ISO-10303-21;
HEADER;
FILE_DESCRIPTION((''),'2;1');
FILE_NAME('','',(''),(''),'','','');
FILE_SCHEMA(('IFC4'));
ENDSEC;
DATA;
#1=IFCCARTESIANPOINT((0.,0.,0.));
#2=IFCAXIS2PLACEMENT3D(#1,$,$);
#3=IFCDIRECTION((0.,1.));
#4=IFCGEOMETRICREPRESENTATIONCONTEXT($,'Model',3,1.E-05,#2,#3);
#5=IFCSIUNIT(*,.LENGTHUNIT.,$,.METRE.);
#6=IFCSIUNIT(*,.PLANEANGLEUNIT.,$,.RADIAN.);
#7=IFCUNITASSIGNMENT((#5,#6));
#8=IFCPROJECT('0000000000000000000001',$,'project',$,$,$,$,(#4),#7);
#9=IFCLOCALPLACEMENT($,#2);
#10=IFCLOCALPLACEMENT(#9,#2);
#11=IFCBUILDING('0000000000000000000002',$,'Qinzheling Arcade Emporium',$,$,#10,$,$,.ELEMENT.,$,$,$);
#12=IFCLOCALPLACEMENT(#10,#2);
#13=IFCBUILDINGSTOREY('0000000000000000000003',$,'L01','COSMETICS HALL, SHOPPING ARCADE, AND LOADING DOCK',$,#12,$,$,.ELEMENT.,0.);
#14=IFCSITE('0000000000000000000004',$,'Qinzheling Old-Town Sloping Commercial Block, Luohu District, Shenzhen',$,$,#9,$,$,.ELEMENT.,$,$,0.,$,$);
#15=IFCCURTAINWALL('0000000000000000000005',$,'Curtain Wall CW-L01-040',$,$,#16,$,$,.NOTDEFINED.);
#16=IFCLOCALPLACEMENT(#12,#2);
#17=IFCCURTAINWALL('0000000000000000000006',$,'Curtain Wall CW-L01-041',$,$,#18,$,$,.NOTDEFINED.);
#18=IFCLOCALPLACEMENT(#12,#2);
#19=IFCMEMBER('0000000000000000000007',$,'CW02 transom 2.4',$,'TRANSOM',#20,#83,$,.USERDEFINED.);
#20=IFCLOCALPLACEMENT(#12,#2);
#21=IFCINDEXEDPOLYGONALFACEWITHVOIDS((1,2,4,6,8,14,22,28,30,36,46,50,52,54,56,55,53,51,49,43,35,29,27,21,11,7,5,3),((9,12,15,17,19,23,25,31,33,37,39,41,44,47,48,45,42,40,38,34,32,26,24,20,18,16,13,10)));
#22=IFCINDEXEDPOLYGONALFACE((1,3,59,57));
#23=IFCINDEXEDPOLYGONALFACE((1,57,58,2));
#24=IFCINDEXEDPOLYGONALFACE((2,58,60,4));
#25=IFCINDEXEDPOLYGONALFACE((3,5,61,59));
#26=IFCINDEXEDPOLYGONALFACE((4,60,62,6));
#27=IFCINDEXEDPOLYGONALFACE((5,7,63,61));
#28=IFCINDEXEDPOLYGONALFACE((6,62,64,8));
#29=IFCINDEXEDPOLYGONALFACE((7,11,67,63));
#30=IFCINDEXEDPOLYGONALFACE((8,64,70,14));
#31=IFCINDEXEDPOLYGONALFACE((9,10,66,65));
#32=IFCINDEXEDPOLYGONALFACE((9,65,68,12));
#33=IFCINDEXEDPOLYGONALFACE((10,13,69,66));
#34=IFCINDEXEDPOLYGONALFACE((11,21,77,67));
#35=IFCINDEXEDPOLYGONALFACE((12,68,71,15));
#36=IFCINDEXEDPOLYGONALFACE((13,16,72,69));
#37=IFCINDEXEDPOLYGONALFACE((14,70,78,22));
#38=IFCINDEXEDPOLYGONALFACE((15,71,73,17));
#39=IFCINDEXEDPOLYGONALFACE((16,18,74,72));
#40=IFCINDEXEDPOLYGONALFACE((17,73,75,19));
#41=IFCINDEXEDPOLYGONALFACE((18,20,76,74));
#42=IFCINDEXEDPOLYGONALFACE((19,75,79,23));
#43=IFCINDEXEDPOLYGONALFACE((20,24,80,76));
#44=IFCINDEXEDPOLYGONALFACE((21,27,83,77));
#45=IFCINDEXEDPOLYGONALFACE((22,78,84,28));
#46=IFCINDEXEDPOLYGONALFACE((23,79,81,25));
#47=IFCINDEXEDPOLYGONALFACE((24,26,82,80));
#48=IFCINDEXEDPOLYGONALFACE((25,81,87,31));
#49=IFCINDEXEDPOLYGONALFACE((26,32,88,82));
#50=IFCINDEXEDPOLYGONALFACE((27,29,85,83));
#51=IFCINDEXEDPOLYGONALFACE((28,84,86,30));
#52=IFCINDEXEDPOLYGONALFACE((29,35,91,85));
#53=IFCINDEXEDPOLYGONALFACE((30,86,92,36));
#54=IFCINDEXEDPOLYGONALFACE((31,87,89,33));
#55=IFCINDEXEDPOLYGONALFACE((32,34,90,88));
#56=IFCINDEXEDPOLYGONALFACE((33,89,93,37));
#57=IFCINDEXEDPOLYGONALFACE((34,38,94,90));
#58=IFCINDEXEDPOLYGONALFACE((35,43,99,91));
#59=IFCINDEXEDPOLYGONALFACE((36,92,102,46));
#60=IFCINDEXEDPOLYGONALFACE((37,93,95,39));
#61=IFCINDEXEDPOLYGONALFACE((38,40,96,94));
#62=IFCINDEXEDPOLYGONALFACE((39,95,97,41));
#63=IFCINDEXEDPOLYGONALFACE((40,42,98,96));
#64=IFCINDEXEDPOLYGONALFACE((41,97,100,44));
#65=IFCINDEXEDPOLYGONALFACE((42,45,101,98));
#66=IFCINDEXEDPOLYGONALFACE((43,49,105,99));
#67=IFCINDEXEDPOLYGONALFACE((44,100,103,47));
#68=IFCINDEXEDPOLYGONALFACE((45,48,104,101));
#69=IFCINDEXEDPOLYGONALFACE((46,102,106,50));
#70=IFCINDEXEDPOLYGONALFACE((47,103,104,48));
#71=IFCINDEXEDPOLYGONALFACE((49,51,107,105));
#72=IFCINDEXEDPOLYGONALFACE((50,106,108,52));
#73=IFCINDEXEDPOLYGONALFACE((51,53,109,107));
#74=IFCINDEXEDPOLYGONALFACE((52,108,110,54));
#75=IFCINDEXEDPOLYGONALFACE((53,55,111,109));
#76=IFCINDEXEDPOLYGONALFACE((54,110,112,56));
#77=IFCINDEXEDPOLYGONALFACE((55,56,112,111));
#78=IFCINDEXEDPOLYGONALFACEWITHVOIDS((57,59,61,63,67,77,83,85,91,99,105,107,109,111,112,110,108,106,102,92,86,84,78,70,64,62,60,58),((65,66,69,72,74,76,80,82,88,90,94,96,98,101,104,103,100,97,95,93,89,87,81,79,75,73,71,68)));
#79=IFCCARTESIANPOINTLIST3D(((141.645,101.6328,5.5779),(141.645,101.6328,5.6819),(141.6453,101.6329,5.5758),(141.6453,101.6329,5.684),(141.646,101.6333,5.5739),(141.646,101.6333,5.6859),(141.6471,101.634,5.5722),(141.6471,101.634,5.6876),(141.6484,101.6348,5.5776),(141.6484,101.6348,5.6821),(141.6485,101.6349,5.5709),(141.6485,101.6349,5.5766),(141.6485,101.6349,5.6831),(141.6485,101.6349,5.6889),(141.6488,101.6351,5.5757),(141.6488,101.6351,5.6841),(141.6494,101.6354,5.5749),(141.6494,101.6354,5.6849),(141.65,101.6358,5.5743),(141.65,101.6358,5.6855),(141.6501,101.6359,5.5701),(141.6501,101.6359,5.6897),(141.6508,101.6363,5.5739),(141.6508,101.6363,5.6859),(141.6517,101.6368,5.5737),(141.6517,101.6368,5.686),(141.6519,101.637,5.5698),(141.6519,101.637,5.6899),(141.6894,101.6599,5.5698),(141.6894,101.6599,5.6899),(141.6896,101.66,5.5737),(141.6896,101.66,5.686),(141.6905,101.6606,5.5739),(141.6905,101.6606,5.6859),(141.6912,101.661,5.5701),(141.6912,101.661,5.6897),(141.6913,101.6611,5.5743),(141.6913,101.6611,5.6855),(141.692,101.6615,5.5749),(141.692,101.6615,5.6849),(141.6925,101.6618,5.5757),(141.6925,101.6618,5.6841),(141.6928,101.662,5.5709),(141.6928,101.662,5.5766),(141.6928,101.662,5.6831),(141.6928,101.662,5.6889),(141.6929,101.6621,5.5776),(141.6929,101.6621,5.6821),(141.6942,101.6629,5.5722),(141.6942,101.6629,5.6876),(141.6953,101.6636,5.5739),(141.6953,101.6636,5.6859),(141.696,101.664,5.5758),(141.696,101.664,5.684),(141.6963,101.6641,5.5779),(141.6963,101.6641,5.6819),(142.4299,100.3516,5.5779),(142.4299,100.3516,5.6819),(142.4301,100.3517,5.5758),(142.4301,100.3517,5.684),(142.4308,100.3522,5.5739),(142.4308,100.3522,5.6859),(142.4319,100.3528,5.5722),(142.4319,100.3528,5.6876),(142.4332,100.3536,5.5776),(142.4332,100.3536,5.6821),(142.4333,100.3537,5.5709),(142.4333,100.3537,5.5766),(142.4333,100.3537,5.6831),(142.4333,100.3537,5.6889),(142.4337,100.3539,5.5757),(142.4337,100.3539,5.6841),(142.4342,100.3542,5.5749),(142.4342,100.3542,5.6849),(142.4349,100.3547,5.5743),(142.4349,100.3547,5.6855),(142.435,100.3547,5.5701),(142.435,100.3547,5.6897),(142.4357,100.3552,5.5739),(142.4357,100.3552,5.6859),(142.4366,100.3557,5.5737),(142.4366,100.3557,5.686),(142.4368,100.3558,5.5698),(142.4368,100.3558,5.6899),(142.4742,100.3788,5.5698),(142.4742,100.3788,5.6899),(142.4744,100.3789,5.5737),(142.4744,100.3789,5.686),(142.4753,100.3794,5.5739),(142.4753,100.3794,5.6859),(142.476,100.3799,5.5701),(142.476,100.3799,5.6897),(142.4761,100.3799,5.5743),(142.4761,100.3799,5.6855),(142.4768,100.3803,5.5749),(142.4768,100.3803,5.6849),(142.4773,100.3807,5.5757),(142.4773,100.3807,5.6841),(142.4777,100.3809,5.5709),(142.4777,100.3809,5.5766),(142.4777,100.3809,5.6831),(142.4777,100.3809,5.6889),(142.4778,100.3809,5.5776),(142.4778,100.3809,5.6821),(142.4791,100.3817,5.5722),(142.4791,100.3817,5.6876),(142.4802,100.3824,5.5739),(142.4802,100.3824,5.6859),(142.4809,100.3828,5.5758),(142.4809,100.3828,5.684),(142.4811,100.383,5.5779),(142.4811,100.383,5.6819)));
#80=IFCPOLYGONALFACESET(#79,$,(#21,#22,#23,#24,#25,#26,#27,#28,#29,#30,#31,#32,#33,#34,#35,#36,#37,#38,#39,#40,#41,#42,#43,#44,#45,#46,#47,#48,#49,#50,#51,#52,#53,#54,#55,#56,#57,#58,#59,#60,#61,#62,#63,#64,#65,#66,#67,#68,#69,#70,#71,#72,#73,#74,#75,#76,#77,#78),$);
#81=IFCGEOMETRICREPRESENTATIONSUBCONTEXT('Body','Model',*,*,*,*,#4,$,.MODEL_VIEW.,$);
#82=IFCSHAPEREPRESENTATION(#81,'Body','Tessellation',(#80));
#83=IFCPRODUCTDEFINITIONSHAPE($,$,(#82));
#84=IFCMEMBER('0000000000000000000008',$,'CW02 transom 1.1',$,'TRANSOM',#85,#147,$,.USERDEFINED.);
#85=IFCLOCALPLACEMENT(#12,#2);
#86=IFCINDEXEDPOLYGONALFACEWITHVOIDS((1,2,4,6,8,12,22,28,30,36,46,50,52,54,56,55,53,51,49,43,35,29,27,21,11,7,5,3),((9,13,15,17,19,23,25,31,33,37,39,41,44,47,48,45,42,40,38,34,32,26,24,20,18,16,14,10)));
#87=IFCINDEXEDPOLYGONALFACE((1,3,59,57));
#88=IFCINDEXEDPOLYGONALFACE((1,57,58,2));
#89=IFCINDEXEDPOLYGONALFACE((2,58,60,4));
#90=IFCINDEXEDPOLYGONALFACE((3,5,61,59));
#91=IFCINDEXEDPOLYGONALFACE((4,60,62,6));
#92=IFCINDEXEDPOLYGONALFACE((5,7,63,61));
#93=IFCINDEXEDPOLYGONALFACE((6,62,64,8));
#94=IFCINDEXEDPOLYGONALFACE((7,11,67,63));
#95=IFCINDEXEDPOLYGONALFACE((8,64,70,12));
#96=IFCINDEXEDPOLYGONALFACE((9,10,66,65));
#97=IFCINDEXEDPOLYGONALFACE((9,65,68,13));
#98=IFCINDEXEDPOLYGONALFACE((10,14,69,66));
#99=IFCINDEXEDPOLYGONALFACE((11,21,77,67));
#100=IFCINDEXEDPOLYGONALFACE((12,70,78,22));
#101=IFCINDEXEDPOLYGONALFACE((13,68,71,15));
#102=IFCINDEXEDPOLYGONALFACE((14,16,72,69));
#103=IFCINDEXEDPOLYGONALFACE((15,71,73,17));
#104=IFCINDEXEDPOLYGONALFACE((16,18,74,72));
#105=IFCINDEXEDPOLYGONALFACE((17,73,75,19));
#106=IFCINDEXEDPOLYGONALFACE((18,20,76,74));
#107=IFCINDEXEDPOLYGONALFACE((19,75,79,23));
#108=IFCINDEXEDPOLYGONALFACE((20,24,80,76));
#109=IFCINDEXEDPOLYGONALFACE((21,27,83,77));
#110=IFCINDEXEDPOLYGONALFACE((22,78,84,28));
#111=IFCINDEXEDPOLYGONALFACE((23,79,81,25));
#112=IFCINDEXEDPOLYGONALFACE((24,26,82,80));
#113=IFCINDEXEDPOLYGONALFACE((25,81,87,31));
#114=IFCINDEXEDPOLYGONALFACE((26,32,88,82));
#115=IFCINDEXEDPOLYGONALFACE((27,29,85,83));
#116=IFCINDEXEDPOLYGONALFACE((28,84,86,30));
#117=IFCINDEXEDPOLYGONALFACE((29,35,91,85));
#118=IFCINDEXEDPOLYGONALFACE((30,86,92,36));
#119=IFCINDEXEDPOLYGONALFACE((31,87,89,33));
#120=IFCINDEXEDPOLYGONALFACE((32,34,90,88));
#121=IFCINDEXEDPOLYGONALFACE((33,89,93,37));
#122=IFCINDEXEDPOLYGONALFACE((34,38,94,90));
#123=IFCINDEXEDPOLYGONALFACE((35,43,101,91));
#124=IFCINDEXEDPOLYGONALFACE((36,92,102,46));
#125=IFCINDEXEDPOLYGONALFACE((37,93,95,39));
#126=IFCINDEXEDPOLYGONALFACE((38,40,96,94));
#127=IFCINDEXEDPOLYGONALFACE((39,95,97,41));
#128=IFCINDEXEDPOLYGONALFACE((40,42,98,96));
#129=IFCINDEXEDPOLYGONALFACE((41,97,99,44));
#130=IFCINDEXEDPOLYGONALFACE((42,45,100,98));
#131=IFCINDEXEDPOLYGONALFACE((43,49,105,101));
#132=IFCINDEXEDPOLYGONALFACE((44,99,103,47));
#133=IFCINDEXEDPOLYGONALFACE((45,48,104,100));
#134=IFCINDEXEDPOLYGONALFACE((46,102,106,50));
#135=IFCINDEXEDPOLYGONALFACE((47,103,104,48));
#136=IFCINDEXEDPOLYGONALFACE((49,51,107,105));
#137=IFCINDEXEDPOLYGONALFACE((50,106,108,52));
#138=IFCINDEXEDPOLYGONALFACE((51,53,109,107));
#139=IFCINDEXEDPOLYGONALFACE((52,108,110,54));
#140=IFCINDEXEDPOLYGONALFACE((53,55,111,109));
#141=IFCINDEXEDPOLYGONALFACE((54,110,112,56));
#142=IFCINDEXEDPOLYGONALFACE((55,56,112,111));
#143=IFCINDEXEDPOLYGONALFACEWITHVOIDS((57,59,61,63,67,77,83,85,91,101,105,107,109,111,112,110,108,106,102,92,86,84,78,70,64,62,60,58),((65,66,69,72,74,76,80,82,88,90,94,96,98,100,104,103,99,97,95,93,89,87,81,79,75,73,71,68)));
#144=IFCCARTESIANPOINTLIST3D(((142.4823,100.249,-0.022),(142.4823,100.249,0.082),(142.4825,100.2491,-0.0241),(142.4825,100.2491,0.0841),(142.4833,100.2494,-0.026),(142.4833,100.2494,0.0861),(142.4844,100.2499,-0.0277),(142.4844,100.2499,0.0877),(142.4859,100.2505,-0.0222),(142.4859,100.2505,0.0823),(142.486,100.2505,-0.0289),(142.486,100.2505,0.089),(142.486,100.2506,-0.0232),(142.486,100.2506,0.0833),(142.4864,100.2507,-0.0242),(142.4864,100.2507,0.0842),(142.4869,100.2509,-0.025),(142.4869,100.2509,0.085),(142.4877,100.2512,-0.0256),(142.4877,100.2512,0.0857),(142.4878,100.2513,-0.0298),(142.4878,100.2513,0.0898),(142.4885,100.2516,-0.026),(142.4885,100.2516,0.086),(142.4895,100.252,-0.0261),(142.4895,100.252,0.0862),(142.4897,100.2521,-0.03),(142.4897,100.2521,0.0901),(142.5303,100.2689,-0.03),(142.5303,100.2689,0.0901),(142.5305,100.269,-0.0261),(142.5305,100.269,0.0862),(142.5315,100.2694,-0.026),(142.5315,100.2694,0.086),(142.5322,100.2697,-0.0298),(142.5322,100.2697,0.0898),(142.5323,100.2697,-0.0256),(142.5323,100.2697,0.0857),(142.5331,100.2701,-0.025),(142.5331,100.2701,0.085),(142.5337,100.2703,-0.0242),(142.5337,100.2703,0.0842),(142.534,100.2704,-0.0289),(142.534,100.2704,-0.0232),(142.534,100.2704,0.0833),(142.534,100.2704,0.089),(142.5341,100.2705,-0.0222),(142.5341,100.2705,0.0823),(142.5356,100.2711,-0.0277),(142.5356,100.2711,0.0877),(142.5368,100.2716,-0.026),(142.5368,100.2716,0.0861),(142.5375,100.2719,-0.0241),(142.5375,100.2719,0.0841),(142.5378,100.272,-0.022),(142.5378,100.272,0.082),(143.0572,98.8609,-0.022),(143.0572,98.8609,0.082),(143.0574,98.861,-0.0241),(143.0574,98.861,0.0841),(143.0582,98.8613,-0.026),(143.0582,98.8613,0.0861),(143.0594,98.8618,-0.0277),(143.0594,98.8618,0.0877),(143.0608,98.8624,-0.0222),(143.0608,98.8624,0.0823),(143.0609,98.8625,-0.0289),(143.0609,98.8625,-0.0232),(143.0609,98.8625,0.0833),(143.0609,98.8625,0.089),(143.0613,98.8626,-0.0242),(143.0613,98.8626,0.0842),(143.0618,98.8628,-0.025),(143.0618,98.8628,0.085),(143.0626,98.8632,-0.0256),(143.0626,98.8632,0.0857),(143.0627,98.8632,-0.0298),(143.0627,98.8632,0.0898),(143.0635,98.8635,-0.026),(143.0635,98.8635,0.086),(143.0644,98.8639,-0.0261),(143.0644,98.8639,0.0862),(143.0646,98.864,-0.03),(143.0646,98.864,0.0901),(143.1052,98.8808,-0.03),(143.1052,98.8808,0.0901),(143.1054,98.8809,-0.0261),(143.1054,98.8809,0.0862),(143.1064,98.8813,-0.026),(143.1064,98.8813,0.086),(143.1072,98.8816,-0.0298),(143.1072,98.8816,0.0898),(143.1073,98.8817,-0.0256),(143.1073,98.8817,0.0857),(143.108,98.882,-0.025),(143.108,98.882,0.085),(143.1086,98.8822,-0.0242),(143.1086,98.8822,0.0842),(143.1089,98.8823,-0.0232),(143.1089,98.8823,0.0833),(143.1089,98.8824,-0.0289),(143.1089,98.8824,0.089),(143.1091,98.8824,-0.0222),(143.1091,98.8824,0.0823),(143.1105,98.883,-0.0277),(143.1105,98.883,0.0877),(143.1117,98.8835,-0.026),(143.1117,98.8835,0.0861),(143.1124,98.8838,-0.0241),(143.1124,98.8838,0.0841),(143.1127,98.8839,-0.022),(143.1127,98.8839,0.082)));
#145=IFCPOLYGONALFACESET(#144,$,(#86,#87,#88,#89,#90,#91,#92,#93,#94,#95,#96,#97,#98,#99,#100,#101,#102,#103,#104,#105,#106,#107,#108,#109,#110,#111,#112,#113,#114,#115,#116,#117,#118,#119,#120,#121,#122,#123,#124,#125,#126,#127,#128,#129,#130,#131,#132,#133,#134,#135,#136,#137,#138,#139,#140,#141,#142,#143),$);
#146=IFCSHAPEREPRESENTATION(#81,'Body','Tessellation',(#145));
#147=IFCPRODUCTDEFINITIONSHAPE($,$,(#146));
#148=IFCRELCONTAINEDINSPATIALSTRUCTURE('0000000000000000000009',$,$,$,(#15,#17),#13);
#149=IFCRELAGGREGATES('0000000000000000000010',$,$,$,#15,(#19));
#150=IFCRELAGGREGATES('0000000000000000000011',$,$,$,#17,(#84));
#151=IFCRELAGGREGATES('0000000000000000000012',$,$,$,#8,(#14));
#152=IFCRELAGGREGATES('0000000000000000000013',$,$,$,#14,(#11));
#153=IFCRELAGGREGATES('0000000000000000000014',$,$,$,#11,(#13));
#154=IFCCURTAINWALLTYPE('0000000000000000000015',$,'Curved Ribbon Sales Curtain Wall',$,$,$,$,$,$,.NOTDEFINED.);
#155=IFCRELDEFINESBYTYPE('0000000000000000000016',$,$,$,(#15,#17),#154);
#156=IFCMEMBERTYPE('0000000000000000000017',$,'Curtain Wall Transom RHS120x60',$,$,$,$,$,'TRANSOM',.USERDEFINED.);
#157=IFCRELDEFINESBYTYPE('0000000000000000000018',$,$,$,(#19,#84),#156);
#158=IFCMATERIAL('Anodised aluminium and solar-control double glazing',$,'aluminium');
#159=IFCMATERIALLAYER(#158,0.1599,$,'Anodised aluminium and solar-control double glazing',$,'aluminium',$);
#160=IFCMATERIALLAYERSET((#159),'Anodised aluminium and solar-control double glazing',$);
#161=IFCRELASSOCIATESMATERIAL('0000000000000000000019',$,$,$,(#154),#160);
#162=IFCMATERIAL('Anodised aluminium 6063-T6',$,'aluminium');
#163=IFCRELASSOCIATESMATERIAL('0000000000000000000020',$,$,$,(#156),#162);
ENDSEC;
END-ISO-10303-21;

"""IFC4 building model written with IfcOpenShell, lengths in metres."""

from ifc_helpers import new_model, si_unit, direction, frame, origin, origin_2d, place, context, subcontext, project, spatial, hollow_rectangle, extrude, material, layer, layer_set, material_profile, profile_set, type_object, element, aggregate, save


model = new_model("IFC4")

# Units and contexts
model_context = context("Model", 3, precision=1e-05, world=origin(), true_north=direction((0.0, 1.0)))
body_context = subcontext(model_context, "Body", "Model", "MODEL_VIEW")
ifc_project = project(units=[si_unit("LENGTHUNIT", "METRE"), si_unit("PLANEANGLEUNIT", "RADIAN")], contexts=[model_context])

# Site, building, storey
site_placement = place(None, origin())
site = spatial("IfcSite", under=ifc_project, at=site_placement, Name="Qinzheling Old-Town Sloping Commercial Block, Luohu District, Shenzhen", CompositionType="ELEMENT", RefElevation=0.0)
building_placement = place(site_placement, origin())
building = spatial("IfcBuilding", under=site, at=building_placement, Name="Qinzheling Arcade Emporium", CompositionType="ELEMENT")
storey_placement = place(building_placement, origin())
storey = spatial("IfcBuildingStorey", under=building, at=storey_placement, Name="L01", Description="COSMETICS HALL, SHOPPING ARCADE, AND LOADING DOCK", CompositionType="ELEMENT", Elevation=0.0)

# Shared definitions
ifc_material_1 = material(Name="Anodised aluminium and solar-control double glazing", Category="aluminium")
ifc_layer_1 = layer(ifc_material_1, 0.1599, Name="Anodised aluminium and solar-control double glazing", Category="aluminium")
ifc_layer_set_1 = layer_set([ifc_layer_1], Name="Anodised aluminium and solar-control double glazing")
curtain_wall_type = type_object("IfcCurtainWallType", Name="Curved Ribbon Sales Curtain Wall", PredefinedType="NOTDEFINED", material=ifc_layer_set_1)
ifc_material_2 = material(Name="Anodised aluminium 6063-T6", Category="aluminium")

# Curtain wall
curtain_wall_1_placement = place(storey_placement, origin())
curtain_wall_1 = element("IfcCurtainWall", 1, at=curtain_wall_1_placement, inside=storey, type_object=curtain_wall_type, Name="Curtain Wall CW-L01-040", PredefinedType="NOTDEFINED")

# Curtain wall
curtain_wall_2_placement = place(storey_placement, origin())
curtain_wall_2 = element("IfcCurtainWall", 2, at=curtain_wall_2_placement, inside=storey, type_object=curtain_wall_type, Name="Curtain Wall CW-L01-041", PredefinedType="NOTDEFINED")

# Members
ifc_material_profile_1 = material_profile(ifc_material_2, hollow_rectangle(XDim=0.0601, YDim=0.1201, WallThickness=0.0039, InnerFilletRadius=0.0039, OuterFilletRadius=0.0081, at=origin_2d()), Name="RHS 120x60x4", Category="aluminium")
ifc_profile_set_1 = profile_set([ifc_material_profile_1], Name="Anodised aluminium 6063-T6")
member_type_1 = type_object("IfcMemberType", Name="Curtain Wall Transom RHS120x60", ElementType="TRANSOM", PredefinedType="USERDEFINED", material=ifc_profile_set_1)
member_1_placement = place(storey_placement, frame((141.6707, 101.6484, 5.6299), z_axis=(0.522383, -0.852711, 0.0), x_axis=(0.852711, 0.522383, 0.0)))
member_1 = element("IfcMember", 3, at=member_1_placement, type_object=member_type_1, Name="CW02 transom 2.4", ObjectType="TRANSOM", PredefinedType="USERDEFINED", context=body_context, shape_type="SweptSolid", body=[
    extrude(hollow_rectangle(XDim=0.0601, YDim=0.1201, WallThickness=0.0039, InnerFilletRadius=0.0039, OuterFilletRadius=0.0081, at=origin_2d()), origin(), (0.0, 0.0, 1.0), 1.5024),
])
member_2_placement = place(storey_placement, frame((142.51, 100.2605, 0.03), z_axis=(0.382653, -0.923892, 0.0), x_axis=(0.923892, 0.382653, 0.0)))
member_2 = element("IfcMember", 4, at=member_2_placement, type_object=member_type_1, Name="CW02 transom 1.1", ObjectType="TRANSOM", PredefinedType="USERDEFINED", context=body_context, shape_type="SweptSolid", body=[
    extrude(hollow_rectangle(XDim=0.0601, YDim=0.1201, WallThickness=0.0039, InnerFilletRadius=0.0039, OuterFilletRadius=0.0081, at=origin_2d()), origin(), (0.0, 0.0, 1.0), 1.5024),
])

aggregate(curtain_wall_1, [member_1])
aggregate(curtain_wall_2, [member_2])

save(model, "model.ifc")
